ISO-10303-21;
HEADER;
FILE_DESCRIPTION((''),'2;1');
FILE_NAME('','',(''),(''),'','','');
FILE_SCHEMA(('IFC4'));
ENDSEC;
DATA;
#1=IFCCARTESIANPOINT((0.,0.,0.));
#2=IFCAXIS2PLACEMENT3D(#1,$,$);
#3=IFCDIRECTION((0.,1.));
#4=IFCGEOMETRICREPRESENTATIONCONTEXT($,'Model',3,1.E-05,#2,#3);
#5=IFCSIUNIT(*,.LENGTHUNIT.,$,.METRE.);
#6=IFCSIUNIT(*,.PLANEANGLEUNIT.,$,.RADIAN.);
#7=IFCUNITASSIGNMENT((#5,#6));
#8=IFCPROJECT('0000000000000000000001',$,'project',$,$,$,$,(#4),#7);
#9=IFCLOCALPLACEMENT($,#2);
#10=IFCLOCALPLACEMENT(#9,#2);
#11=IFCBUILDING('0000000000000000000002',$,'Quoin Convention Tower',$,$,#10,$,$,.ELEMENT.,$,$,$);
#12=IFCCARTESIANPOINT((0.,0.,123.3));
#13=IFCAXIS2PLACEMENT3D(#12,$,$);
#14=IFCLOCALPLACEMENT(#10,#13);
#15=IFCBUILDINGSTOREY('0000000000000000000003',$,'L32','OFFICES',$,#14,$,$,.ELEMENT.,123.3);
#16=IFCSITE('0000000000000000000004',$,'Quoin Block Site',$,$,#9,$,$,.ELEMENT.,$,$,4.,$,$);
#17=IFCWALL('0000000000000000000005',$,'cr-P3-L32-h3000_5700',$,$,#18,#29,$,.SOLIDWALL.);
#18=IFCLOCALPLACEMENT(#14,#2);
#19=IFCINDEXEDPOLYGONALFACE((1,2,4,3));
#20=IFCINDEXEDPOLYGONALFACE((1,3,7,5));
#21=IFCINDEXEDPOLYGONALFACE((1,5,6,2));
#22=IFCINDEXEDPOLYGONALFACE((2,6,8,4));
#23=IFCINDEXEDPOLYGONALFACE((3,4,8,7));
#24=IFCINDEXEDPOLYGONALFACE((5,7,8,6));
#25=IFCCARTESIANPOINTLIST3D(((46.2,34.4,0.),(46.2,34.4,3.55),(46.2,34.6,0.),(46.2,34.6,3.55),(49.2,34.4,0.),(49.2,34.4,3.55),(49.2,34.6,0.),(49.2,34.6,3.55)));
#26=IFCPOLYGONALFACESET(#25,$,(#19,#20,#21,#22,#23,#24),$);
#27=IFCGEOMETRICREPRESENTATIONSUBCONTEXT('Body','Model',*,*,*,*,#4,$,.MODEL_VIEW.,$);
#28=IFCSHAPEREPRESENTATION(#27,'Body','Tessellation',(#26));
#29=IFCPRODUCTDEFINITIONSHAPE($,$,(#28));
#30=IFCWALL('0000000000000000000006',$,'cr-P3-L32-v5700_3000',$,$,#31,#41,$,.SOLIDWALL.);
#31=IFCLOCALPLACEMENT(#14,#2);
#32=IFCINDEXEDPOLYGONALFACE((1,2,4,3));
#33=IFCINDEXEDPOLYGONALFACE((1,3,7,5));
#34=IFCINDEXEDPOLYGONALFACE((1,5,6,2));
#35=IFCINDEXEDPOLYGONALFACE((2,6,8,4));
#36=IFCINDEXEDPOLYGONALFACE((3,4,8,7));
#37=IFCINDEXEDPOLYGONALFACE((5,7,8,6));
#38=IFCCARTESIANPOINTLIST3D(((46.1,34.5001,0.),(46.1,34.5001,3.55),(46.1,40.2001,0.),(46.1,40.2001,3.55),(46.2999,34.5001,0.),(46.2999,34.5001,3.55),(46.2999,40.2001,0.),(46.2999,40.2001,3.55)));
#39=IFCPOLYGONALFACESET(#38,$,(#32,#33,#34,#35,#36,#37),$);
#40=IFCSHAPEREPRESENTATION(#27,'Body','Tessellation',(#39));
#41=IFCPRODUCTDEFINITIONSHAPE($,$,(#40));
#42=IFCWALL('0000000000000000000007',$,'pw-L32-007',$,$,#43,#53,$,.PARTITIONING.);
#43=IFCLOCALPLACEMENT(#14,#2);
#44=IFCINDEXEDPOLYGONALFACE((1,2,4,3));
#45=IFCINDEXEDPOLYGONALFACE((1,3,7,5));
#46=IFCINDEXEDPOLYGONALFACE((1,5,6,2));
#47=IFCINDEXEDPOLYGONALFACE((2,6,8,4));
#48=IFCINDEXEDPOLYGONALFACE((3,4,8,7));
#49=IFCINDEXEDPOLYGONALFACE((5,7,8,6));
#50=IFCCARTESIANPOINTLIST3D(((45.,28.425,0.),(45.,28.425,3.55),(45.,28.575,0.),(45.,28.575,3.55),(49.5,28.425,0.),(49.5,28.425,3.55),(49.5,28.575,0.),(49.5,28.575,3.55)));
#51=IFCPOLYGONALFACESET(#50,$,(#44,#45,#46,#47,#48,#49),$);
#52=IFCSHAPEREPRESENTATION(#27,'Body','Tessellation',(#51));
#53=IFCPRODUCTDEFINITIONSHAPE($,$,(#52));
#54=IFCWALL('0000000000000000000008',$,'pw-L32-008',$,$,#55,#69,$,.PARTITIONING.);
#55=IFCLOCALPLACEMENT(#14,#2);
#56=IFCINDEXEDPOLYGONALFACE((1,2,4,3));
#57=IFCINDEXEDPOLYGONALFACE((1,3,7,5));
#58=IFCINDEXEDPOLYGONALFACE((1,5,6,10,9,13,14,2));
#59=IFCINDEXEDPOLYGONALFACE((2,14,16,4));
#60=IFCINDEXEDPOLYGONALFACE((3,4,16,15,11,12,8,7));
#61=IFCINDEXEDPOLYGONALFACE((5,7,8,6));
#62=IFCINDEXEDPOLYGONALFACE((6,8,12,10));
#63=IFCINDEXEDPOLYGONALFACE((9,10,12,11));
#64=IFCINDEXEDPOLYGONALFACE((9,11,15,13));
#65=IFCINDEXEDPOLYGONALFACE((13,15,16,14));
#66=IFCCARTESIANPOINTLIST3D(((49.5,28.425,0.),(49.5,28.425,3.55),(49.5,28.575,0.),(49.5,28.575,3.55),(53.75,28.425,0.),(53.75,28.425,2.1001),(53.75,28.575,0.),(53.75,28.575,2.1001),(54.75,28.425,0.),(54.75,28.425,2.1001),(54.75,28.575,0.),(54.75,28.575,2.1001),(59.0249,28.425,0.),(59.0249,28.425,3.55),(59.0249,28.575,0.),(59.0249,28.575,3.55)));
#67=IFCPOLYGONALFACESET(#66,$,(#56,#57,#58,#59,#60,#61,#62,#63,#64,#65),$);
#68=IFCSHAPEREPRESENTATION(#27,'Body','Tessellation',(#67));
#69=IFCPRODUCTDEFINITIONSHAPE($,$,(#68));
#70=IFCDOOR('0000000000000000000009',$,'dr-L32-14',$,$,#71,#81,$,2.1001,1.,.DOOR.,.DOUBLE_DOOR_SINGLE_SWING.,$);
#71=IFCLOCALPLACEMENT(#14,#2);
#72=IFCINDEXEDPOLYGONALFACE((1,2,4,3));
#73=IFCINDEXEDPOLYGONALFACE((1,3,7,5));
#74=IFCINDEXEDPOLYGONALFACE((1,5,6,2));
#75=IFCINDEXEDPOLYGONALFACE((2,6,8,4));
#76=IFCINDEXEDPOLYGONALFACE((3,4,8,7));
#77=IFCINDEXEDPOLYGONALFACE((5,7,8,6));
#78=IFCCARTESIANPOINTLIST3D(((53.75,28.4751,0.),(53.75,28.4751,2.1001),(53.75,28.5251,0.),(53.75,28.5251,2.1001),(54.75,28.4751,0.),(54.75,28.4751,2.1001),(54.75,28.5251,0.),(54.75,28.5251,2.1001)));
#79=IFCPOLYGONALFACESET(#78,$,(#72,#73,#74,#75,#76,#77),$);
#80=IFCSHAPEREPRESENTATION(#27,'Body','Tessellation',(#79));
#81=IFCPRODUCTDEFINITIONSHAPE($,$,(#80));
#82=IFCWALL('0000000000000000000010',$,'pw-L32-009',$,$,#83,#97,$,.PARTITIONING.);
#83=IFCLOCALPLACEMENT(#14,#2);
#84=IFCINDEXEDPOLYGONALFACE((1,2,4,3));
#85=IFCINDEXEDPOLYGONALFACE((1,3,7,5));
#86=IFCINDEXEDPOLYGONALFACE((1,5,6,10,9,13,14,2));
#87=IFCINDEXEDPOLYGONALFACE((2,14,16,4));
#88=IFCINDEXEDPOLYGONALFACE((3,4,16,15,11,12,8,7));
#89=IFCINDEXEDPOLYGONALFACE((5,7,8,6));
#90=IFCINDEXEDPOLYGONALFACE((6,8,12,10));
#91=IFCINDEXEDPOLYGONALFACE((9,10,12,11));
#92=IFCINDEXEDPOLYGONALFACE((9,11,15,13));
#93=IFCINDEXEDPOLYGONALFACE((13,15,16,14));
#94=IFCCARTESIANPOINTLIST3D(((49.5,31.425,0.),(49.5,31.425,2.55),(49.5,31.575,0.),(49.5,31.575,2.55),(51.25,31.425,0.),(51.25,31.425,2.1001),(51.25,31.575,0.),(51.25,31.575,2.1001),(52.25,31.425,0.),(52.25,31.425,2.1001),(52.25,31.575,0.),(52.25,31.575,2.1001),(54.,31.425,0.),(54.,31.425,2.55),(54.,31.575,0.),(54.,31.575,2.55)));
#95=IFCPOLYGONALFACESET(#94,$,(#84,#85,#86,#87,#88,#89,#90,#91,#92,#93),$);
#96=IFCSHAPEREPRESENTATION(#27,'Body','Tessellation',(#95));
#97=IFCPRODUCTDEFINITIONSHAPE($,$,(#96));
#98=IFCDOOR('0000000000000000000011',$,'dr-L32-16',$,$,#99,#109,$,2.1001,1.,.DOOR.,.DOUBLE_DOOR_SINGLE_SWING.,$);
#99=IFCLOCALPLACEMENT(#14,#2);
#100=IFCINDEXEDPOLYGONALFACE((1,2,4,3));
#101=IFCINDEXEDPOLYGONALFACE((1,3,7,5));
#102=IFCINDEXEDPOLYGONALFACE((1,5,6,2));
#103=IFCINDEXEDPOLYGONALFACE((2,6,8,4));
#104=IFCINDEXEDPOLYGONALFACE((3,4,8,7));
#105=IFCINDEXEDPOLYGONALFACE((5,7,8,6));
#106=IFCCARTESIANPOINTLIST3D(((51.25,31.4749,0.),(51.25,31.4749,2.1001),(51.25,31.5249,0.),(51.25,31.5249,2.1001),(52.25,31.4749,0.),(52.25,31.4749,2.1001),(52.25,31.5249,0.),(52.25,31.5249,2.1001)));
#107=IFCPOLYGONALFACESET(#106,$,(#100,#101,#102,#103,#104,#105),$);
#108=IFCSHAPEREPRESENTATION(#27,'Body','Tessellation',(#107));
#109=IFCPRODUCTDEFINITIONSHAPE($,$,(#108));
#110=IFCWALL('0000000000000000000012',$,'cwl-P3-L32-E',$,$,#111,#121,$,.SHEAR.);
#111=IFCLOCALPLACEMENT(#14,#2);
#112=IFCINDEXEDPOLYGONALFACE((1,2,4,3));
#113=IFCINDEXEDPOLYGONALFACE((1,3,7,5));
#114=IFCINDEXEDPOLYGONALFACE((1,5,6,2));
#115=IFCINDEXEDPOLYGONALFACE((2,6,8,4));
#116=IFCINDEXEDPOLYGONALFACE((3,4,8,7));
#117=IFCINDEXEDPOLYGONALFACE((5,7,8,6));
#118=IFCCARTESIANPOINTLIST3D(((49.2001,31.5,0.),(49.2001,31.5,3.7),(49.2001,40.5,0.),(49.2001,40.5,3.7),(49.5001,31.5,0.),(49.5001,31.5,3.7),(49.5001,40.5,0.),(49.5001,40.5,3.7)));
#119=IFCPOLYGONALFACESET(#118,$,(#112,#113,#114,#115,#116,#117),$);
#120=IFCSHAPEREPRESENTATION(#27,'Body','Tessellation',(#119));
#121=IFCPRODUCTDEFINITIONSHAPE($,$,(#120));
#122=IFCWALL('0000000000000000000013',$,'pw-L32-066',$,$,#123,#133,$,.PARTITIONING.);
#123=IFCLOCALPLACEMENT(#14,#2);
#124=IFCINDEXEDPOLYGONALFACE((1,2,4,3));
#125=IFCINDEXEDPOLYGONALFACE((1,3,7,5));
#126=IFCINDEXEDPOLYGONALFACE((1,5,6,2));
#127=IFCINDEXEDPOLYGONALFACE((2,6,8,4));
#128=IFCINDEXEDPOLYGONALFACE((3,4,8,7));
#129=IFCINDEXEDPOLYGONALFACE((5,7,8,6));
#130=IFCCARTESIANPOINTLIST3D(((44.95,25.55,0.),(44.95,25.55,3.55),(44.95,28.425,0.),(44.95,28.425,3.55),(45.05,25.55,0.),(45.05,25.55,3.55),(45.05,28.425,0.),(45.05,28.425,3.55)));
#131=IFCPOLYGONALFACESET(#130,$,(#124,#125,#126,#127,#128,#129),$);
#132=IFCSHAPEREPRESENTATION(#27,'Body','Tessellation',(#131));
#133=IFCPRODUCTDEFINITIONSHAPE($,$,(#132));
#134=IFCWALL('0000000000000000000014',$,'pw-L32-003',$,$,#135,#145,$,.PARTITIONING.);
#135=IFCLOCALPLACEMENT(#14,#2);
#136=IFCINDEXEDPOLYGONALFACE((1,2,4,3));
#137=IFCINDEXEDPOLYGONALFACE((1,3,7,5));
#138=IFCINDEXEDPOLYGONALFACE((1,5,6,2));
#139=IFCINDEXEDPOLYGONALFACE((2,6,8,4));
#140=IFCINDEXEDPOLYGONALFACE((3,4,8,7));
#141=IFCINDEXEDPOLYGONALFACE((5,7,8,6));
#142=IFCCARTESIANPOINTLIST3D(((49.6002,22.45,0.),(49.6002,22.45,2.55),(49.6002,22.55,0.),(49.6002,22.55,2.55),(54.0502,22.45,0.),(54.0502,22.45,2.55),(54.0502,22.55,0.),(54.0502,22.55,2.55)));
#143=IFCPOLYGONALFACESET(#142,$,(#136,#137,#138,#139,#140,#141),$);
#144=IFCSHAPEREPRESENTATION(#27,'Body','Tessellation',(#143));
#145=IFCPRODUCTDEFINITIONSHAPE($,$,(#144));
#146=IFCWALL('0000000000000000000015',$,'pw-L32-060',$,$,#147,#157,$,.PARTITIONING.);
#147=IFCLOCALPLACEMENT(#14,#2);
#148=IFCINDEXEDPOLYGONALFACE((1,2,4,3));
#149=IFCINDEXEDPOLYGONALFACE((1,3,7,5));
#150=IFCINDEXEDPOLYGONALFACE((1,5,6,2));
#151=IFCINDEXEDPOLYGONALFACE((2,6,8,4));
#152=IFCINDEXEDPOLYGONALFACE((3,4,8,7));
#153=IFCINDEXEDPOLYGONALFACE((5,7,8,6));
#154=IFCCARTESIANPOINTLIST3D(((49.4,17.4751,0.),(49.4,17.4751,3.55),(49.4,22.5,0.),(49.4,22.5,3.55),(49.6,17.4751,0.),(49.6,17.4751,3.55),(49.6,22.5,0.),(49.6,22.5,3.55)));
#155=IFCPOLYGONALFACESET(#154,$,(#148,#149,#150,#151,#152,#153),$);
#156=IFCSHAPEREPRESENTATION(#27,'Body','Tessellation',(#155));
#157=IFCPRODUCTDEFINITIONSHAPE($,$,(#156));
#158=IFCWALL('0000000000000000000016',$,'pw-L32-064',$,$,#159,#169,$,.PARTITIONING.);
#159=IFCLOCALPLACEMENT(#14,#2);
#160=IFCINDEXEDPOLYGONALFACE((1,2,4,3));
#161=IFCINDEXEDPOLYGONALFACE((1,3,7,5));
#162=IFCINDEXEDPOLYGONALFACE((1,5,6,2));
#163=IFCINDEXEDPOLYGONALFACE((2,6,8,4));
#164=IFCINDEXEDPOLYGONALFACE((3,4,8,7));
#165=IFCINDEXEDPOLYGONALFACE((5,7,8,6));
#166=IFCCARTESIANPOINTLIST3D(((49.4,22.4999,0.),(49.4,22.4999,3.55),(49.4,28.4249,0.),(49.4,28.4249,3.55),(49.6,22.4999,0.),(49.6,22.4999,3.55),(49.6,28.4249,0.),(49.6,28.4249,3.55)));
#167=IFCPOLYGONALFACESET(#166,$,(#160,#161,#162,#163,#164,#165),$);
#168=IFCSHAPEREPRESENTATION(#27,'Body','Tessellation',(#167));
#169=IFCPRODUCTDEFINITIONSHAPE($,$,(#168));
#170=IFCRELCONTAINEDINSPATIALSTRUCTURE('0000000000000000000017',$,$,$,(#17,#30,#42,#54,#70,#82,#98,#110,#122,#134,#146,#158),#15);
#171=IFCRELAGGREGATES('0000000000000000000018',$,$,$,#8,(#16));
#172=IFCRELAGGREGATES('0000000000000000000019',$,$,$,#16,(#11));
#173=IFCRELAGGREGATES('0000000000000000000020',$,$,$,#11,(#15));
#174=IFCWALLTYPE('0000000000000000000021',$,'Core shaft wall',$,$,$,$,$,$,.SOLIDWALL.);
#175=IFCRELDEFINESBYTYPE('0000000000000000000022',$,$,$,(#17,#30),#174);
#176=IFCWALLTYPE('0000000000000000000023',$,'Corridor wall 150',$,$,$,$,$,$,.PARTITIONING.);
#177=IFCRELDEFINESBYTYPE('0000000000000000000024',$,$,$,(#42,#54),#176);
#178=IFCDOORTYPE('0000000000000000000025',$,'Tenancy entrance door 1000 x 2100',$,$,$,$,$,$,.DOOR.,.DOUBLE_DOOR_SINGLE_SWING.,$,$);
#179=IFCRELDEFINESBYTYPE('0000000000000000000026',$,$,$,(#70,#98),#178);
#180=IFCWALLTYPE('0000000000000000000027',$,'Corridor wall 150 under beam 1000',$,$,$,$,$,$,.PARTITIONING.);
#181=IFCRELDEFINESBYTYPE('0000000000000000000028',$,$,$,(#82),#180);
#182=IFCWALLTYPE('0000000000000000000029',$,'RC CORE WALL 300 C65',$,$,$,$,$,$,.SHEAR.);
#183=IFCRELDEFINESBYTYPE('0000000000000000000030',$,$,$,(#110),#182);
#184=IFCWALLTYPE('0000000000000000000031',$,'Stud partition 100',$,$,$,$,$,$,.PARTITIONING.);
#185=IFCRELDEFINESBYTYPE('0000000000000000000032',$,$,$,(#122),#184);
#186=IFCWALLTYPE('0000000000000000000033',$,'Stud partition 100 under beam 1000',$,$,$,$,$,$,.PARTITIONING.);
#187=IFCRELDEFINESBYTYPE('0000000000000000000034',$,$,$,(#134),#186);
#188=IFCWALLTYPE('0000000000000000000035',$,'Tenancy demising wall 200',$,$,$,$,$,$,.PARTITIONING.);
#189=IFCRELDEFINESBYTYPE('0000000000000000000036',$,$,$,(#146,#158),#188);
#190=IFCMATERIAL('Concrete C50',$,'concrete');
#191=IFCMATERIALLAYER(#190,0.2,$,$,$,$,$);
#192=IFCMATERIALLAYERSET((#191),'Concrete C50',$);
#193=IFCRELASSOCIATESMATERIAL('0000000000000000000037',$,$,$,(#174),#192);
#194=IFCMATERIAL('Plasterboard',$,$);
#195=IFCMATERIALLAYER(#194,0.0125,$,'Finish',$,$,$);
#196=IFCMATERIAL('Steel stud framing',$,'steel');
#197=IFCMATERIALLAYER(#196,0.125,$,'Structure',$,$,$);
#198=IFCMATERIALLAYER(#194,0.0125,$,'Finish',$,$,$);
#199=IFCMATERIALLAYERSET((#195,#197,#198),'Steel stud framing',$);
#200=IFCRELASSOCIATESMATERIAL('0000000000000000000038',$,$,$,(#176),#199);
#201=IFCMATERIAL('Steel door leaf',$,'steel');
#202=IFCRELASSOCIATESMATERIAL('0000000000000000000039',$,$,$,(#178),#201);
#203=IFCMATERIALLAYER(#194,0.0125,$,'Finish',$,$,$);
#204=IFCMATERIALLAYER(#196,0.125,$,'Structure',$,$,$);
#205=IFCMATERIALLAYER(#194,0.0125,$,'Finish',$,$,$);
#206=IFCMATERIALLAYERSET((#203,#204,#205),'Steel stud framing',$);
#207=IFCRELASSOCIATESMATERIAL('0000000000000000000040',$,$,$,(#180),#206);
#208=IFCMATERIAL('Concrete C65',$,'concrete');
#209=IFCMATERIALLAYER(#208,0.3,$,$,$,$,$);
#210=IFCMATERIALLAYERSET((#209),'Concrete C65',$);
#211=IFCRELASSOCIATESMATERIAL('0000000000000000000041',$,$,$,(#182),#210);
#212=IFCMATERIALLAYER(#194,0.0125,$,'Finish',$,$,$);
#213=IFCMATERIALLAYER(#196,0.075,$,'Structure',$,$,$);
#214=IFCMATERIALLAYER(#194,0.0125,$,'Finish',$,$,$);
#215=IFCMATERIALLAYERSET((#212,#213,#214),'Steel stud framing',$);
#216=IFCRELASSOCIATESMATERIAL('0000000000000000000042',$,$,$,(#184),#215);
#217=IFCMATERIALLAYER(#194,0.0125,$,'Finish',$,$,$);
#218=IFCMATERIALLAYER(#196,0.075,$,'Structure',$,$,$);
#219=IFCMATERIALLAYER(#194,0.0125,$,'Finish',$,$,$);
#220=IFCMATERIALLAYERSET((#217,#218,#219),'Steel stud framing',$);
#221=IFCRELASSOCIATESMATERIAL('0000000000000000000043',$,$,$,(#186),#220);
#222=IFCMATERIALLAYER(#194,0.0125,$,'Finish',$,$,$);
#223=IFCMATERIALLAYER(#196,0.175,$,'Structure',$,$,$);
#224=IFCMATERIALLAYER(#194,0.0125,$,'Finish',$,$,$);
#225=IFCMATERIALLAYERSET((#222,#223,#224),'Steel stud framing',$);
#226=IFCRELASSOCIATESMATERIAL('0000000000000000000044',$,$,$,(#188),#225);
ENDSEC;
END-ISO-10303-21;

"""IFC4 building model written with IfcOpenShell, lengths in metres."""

from ifc_helpers import new_model, si_unit, direction, frame, frame_2d, origin, place, context, subcontext, project, spatial, rectangle, extrude, material, layer, layer_set, type_object, element, fill, save


model = new_model("IFC4")

# Units and contexts
model_context = context("Model", 3, precision=1e-05, world=origin(), true_north=direction((0.0, 1.0)))
body_context = subcontext(model_context, "Body", "Model", "MODEL_VIEW")
ifc_project = project(units=[si_unit("LENGTHUNIT", "METRE"), si_unit("PLANEANGLEUNIT", "RADIAN")], contexts=[model_context])

# Site, building, storey
site_placement = place(None, origin())
site = spatial("IfcSite", under=ifc_project, at=site_placement, Name="Quoin Block Site", CompositionType="ELEMENT", RefElevation=4.0)
building_placement = place(site_placement, origin())
building = spatial("IfcBuilding", under=site, at=building_placement, Name="Quoin Convention Tower", CompositionType="ELEMENT")
storey_placement = place(building_placement, frame((0.0, 0.0, 123.3)))
storey = spatial("IfcBuildingStorey", under=building, at=storey_placement, Name="L32", Description="OFFICES", CompositionType="ELEMENT", Elevation=123.3)

# Shared definitions
ifc_material_1 = material(Name="Concrete C65", Category="concrete")

# Shared definitions
ifc_material_2 = material(Name="Plasterboard")
ifc_material_3 = material(Name="Steel stud framing", Category="steel")

# Shared definitions
ifc_material_4 = material(Name="Steel door leaf", Category="steel")

# Walls
ifc_material_5 = material(Name="Concrete C50", Category="concrete")
ifc_layer_1 = layer(ifc_material_5, 0.2)
ifc_layer_set_1 = layer_set([ifc_layer_1], Name="Concrete C50")
wall_type_1 = type_object("IfcWallType", Name="Core shaft wall", PredefinedType="SOLIDWALL", material=ifc_layer_set_1)
wall_1_placement = place(storey_placement, frame((46.2, 34.5, 0.0), z_axis=(0.0, 0.0, 1.0), x_axis=(1.0, 0.0, 0.0)))
element("IfcWall", 1, at=wall_1_placement, inside=storey, type_object=wall_type_1, Name="cr-P3-L32-h3000_5700", PredefinedType="SOLIDWALL", context=body_context, shape_type="SweptSolid", body=[
    extrude(rectangle(XDim=3.0, YDim=0.2, at=frame_2d((1.5, 0.0))), origin(), (0.0, 0.0, 1.0), 3.55),
])
wall_2_placement = place(storey_placement, frame((46.2, 34.5, 0.0), z_axis=(0.0, 0.0, 1.0), x_axis=(0.0, 1.0, 0.0)))
element("IfcWall", 2, at=wall_2_placement, inside=storey, type_object=wall_type_1, Name="cr-P3-L32-v5700_3000", PredefinedType="SOLIDWALL", context=body_context, shape_type="SweptSolid", body=[
    extrude(rectangle(XDim=5.7, YDim=0.2, at=frame_2d((2.8501, 0.0))), origin(), (0.0, 0.0, 1.0), 3.55),
])
ifc_layer_2 = layer(ifc_material_2, 0.0125, Name="Finish")
ifc_layer_3 = layer(ifc_material_3, 0.125, Name="Structure")
ifc_layer_4 = layer(ifc_material_2, 0.0125, Name="Finish")
ifc_layer_set_2 = layer_set([ifc_layer_2, ifc_layer_3, ifc_layer_4], Name="Steel stud framing")
wall_type_2 = type_object("IfcWallType", Name="Corridor wall 150", PredefinedType="PARTITIONING", material=ifc_layer_set_2)
wall_3_placement = place(storey_placement, frame((45.0, 28.5, 0.0), z_axis=(0.0, 0.0, 1.0), x_axis=(1.0, 0.0, 0.0)))
element("IfcWall", 3, at=wall_3_placement, inside=storey, type_object=wall_type_2, Name="pw-L32-007", PredefinedType="PARTITIONING", context=body_context, shape_type="SweptSolid", body=[
    extrude(rectangle(XDim=4.5, YDim=0.1499, at=frame_2d((2.25, 0.0))), origin(), (0.0, 0.0, 1.0), 3.55),
])

# Walls, openings, doors
wall_4_placement = place(storey_placement, frame((49.5, 28.5, 0.0), z_axis=(0.0, 0.0, 1.0), x_axis=(1.0, 0.0, 0.0)))
wall_4 = element("IfcWall", 4, at=wall_4_placement, inside=storey, type_object=wall_type_2, Name="pw-L32-008", PredefinedType="PARTITIONING", context=body_context, shape_type="SweptSolid", body=[
    extrude(rectangle(XDim=9.5249, YDim=0.1499, at=frame_2d((4.7625, 0.0))), origin(), (0.0, 0.0, 1.0), 3.55),
])
opening_1_placement = place(wall_4_placement, frame((4.25, 0.0, 0.0)))
opening_1 = element("IfcOpeningElement", 5, at=opening_1_placement, cuts=wall_4, PredefinedType="OPENING", context=body_context, shape_type="SweptSolid", body=[
    extrude(rectangle(XDim=1.0, YDim=2.1001, at=frame_2d((0.5, 1.05))), frame((0.0, 0.085, 0.0), z_axis=(0.0, -1.0, 0.0), x_axis=(1.0, 0.0, 0.0)), (0.0, 0.0, 1.0), 0.1699),
])
door_type_1 = type_object("IfcDoorType", Name="Tenancy entrance door 1000 x 2100", OperationType="DOUBLE_DOOR_SINGLE_SWING", PredefinedType="DOOR", material=ifc_material_4)
door_1_placement = place(opening_1_placement, frame((1.0, 0.0, 0.0), z_axis=(0.0, 0.0, 1.0), x_axis=(-1.0, 0.0, 0.0)))
door_1 = element("IfcDoor", 6, at=door_1_placement, inside=storey, type_object=door_type_1, Name="dr-L32-14", OperationType="DOUBLE_DOOR_SINGLE_SWING", OverallHeight=2.1001, OverallWidth=1.0, PredefinedType="DOOR", context=body_context, shape_type="SweptSolid", body=[
    extrude(rectangle(XDim=1.0, YDim=2.1001, at=frame_2d((0.5, 1.05))), frame((0.0, 0.0249, 0.0), z_axis=(0.0, -1.0, 0.0), x_axis=(1.0, 0.0, 0.0)), (0.0, 0.0, 1.0), 0.05),
])
fill(opening_1, door_1)
ifc_layer_5 = layer(ifc_material_2, 0.0125, Name="Finish")
ifc_layer_6 = layer(ifc_material_3, 0.125, Name="Structure")
ifc_layer_7 = layer(ifc_material_2, 0.0125, Name="Finish")
ifc_layer_set_3 = layer_set([ifc_layer_5, ifc_layer_6, ifc_layer_7], Name="Steel stud framing")
wall_type_3 = type_object("IfcWallType", Name="Corridor wall 150 under beam 1000", PredefinedType="PARTITIONING", material=ifc_layer_set_3)
wall_5_placement = place(storey_placement, frame((49.5, 31.5, 0.0), z_axis=(0.0, 0.0, 1.0), x_axis=(1.0, 0.0, 0.0)))
wall_5 = element("IfcWall", 7, at=wall_5_placement, inside=storey, type_object=wall_type_3, Name="pw-L32-009", PredefinedType="PARTITIONING", context=body_context, shape_type="SweptSolid", body=[
    extrude(rectangle(XDim=4.5, YDim=0.1499, at=frame_2d((2.25, 0.0))), origin(), (0.0, 0.0, 1.0), 2.55),
])
opening_2_placement = place(wall_5_placement, frame((1.75, 0.0, 0.0)))
opening_2 = element("IfcOpeningElement", 8, at=opening_2_placement, cuts=wall_5, PredefinedType="OPENING", context=body_context, shape_type="SweptSolid", body=[
    extrude(rectangle(XDim=1.0, YDim=2.1001, at=frame_2d((0.5, 1.05))), frame((0.0, 0.085, 0.0), z_axis=(0.0, -1.0, 0.0), x_axis=(1.0, 0.0, 0.0)), (0.0, 0.0, 1.0), 0.1699),
])
door_2_placement = place(opening_2_placement, origin())
door_2 = element("IfcDoor", 9, at=door_2_placement, inside=storey, type_object=door_type_1, Name="dr-L32-16", OperationType="DOUBLE_DOOR_SINGLE_SWING", OverallHeight=2.1001, OverallWidth=1.0, PredefinedType="DOOR", context=body_context, shape_type="SweptSolid", body=[
    extrude(rectangle(XDim=1.0, YDim=2.1001, at=frame_2d((0.5, 1.05))), frame((0.0, 0.0249, 0.0), z_axis=(0.0, -1.0, 0.0), x_axis=(1.0, 0.0, 0.0)), (0.0, 0.0, 1.0), 0.05),
])
fill(opening_2, door_2)

# Walls
ifc_layer_8 = layer(ifc_material_1, 0.3)
ifc_layer_set_4 = layer_set([ifc_layer_8], Name="Concrete C65")
wall_type_4 = type_object("IfcWallType", Name="RC CORE WALL 300 C65", PredefinedType="SHEAR", material=ifc_layer_set_4)
wall_6_placement = place(storey_placement, frame((49.3501, 31.5, 0.0), z_axis=(0.0, 0.0, 1.0), x_axis=(0.0, 1.0, 0.0)))
element("IfcWall", 10, at=wall_6_placement, inside=storey, type_object=wall_type_4, Name="cwl-P3-L32-E", PredefinedType="SHEAR", context=body_context, shape_type="SweptSolid", body=[
    extrude(rectangle(XDim=9.0, YDim=0.3, at=frame_2d((4.5, 0.0))), origin(), (0.0, 0.0, 1.0), 3.7),
])
ifc_layer_9 = layer(ifc_material_2, 0.0125, Name="Finish")
ifc_layer_10 = layer(ifc_material_3, 0.075, Name="Structure")
ifc_layer_11 = layer(ifc_material_2, 0.0125, Name="Finish")
ifc_layer_set_5 = layer_set([ifc_layer_9, ifc_layer_10, ifc_layer_11], Name="Steel stud framing")
wall_type_5 = type_object("IfcWallType", Name="Stud partition 100", PredefinedType="PARTITIONING", material=ifc_layer_set_5)
wall_7_placement = place(storey_placement, frame((45.0, 25.55, 0.0), z_axis=(0.0, 0.0, 1.0), x_axis=(0.0, 1.0, 0.0)))
element("IfcWall", 11, at=wall_7_placement, inside=storey, type_object=wall_type_5, Name="pw-L32-066", PredefinedType="PARTITIONING", context=body_context, shape_type="SweptSolid", body=[
    extrude(rectangle(XDim=2.875, YDim=0.1001, at=frame_2d((1.4375, 0.0))), origin(), (0.0, 0.0, 1.0), 3.55),
])
ifc_layer_12 = layer(ifc_material_2, 0.0125, Name="Finish")
ifc_layer_13 = layer(ifc_material_3, 0.075, Name="Structure")
ifc_layer_14 = layer(ifc_material_2, 0.0125, Name="Finish")
ifc_layer_set_6 = layer_set([ifc_layer_12, ifc_layer_13, ifc_layer_14], Name="Steel stud framing")
wall_type_6 = type_object("IfcWallType", Name="Stud partition 100 under beam 1000", PredefinedType="PARTITIONING", material=ifc_layer_set_6)
wall_8_placement = place(storey_placement, frame((49.6001, 22.5, 0.0), z_axis=(0.0, 0.0, 1.0), x_axis=(1.0, 0.0, 0.0)))
element("IfcWall", 12, at=wall_8_placement, inside=storey, type_object=wall_type_6, Name="pw-L32-003", PredefinedType="PARTITIONING", context=body_context, shape_type="SweptSolid", body=[
    extrude(rectangle(XDim=4.45, YDim=0.1001, at=frame_2d((2.2251, 0.0))), origin(), (0.0, 0.0, 1.0), 2.55),
])
ifc_layer_15 = layer(ifc_material_2, 0.0125, Name="Finish")
ifc_layer_16 = layer(ifc_material_3, 0.175, Name="Structure")
ifc_layer_17 = layer(ifc_material_2, 0.0125, Name="Finish")
ifc_layer_set_7 = layer_set([ifc_layer_15, ifc_layer_16, ifc_layer_17], Name="Steel stud framing")
wall_type_7 = type_object("IfcWallType", Name="Tenancy demising wall 200", PredefinedType="PARTITIONING", material=ifc_layer_set_7)
wall_9_placement = place(storey_placement, frame((49.5, 17.4751, 0.0), z_axis=(0.0, 0.0, 1.0), x_axis=(0.0, 1.0, 0.0)))
element("IfcWall", 13, at=wall_9_placement, inside=storey, type_object=wall_type_7, Name="pw-L32-060", PredefinedType="PARTITIONING", context=body_context, shape_type="SweptSolid", body=[
    extrude(rectangle(XDim=5.0249, YDim=0.2, at=frame_2d((2.5125, 0.0))), origin(), (0.0, 0.0, 1.0), 3.55),
])
wall_10_placement = place(storey_placement, frame((49.5, 22.5, 0.0), z_axis=(0.0, 0.0, 1.0), x_axis=(0.0, 1.0, 0.0)))
element("IfcWall", 14, at=wall_10_placement, inside=storey, type_object=wall_type_7, Name="pw-L32-064", PredefinedType="PARTITIONING", context=body_context, shape_type="SweptSolid", body=[
    extrude(rectangle(XDim=5.925, YDim=0.2, at=frame_2d((2.9624, 0.0))), origin(), (0.0, 0.0, 1.0), 3.55),
])

save(model, "model.ifc")
